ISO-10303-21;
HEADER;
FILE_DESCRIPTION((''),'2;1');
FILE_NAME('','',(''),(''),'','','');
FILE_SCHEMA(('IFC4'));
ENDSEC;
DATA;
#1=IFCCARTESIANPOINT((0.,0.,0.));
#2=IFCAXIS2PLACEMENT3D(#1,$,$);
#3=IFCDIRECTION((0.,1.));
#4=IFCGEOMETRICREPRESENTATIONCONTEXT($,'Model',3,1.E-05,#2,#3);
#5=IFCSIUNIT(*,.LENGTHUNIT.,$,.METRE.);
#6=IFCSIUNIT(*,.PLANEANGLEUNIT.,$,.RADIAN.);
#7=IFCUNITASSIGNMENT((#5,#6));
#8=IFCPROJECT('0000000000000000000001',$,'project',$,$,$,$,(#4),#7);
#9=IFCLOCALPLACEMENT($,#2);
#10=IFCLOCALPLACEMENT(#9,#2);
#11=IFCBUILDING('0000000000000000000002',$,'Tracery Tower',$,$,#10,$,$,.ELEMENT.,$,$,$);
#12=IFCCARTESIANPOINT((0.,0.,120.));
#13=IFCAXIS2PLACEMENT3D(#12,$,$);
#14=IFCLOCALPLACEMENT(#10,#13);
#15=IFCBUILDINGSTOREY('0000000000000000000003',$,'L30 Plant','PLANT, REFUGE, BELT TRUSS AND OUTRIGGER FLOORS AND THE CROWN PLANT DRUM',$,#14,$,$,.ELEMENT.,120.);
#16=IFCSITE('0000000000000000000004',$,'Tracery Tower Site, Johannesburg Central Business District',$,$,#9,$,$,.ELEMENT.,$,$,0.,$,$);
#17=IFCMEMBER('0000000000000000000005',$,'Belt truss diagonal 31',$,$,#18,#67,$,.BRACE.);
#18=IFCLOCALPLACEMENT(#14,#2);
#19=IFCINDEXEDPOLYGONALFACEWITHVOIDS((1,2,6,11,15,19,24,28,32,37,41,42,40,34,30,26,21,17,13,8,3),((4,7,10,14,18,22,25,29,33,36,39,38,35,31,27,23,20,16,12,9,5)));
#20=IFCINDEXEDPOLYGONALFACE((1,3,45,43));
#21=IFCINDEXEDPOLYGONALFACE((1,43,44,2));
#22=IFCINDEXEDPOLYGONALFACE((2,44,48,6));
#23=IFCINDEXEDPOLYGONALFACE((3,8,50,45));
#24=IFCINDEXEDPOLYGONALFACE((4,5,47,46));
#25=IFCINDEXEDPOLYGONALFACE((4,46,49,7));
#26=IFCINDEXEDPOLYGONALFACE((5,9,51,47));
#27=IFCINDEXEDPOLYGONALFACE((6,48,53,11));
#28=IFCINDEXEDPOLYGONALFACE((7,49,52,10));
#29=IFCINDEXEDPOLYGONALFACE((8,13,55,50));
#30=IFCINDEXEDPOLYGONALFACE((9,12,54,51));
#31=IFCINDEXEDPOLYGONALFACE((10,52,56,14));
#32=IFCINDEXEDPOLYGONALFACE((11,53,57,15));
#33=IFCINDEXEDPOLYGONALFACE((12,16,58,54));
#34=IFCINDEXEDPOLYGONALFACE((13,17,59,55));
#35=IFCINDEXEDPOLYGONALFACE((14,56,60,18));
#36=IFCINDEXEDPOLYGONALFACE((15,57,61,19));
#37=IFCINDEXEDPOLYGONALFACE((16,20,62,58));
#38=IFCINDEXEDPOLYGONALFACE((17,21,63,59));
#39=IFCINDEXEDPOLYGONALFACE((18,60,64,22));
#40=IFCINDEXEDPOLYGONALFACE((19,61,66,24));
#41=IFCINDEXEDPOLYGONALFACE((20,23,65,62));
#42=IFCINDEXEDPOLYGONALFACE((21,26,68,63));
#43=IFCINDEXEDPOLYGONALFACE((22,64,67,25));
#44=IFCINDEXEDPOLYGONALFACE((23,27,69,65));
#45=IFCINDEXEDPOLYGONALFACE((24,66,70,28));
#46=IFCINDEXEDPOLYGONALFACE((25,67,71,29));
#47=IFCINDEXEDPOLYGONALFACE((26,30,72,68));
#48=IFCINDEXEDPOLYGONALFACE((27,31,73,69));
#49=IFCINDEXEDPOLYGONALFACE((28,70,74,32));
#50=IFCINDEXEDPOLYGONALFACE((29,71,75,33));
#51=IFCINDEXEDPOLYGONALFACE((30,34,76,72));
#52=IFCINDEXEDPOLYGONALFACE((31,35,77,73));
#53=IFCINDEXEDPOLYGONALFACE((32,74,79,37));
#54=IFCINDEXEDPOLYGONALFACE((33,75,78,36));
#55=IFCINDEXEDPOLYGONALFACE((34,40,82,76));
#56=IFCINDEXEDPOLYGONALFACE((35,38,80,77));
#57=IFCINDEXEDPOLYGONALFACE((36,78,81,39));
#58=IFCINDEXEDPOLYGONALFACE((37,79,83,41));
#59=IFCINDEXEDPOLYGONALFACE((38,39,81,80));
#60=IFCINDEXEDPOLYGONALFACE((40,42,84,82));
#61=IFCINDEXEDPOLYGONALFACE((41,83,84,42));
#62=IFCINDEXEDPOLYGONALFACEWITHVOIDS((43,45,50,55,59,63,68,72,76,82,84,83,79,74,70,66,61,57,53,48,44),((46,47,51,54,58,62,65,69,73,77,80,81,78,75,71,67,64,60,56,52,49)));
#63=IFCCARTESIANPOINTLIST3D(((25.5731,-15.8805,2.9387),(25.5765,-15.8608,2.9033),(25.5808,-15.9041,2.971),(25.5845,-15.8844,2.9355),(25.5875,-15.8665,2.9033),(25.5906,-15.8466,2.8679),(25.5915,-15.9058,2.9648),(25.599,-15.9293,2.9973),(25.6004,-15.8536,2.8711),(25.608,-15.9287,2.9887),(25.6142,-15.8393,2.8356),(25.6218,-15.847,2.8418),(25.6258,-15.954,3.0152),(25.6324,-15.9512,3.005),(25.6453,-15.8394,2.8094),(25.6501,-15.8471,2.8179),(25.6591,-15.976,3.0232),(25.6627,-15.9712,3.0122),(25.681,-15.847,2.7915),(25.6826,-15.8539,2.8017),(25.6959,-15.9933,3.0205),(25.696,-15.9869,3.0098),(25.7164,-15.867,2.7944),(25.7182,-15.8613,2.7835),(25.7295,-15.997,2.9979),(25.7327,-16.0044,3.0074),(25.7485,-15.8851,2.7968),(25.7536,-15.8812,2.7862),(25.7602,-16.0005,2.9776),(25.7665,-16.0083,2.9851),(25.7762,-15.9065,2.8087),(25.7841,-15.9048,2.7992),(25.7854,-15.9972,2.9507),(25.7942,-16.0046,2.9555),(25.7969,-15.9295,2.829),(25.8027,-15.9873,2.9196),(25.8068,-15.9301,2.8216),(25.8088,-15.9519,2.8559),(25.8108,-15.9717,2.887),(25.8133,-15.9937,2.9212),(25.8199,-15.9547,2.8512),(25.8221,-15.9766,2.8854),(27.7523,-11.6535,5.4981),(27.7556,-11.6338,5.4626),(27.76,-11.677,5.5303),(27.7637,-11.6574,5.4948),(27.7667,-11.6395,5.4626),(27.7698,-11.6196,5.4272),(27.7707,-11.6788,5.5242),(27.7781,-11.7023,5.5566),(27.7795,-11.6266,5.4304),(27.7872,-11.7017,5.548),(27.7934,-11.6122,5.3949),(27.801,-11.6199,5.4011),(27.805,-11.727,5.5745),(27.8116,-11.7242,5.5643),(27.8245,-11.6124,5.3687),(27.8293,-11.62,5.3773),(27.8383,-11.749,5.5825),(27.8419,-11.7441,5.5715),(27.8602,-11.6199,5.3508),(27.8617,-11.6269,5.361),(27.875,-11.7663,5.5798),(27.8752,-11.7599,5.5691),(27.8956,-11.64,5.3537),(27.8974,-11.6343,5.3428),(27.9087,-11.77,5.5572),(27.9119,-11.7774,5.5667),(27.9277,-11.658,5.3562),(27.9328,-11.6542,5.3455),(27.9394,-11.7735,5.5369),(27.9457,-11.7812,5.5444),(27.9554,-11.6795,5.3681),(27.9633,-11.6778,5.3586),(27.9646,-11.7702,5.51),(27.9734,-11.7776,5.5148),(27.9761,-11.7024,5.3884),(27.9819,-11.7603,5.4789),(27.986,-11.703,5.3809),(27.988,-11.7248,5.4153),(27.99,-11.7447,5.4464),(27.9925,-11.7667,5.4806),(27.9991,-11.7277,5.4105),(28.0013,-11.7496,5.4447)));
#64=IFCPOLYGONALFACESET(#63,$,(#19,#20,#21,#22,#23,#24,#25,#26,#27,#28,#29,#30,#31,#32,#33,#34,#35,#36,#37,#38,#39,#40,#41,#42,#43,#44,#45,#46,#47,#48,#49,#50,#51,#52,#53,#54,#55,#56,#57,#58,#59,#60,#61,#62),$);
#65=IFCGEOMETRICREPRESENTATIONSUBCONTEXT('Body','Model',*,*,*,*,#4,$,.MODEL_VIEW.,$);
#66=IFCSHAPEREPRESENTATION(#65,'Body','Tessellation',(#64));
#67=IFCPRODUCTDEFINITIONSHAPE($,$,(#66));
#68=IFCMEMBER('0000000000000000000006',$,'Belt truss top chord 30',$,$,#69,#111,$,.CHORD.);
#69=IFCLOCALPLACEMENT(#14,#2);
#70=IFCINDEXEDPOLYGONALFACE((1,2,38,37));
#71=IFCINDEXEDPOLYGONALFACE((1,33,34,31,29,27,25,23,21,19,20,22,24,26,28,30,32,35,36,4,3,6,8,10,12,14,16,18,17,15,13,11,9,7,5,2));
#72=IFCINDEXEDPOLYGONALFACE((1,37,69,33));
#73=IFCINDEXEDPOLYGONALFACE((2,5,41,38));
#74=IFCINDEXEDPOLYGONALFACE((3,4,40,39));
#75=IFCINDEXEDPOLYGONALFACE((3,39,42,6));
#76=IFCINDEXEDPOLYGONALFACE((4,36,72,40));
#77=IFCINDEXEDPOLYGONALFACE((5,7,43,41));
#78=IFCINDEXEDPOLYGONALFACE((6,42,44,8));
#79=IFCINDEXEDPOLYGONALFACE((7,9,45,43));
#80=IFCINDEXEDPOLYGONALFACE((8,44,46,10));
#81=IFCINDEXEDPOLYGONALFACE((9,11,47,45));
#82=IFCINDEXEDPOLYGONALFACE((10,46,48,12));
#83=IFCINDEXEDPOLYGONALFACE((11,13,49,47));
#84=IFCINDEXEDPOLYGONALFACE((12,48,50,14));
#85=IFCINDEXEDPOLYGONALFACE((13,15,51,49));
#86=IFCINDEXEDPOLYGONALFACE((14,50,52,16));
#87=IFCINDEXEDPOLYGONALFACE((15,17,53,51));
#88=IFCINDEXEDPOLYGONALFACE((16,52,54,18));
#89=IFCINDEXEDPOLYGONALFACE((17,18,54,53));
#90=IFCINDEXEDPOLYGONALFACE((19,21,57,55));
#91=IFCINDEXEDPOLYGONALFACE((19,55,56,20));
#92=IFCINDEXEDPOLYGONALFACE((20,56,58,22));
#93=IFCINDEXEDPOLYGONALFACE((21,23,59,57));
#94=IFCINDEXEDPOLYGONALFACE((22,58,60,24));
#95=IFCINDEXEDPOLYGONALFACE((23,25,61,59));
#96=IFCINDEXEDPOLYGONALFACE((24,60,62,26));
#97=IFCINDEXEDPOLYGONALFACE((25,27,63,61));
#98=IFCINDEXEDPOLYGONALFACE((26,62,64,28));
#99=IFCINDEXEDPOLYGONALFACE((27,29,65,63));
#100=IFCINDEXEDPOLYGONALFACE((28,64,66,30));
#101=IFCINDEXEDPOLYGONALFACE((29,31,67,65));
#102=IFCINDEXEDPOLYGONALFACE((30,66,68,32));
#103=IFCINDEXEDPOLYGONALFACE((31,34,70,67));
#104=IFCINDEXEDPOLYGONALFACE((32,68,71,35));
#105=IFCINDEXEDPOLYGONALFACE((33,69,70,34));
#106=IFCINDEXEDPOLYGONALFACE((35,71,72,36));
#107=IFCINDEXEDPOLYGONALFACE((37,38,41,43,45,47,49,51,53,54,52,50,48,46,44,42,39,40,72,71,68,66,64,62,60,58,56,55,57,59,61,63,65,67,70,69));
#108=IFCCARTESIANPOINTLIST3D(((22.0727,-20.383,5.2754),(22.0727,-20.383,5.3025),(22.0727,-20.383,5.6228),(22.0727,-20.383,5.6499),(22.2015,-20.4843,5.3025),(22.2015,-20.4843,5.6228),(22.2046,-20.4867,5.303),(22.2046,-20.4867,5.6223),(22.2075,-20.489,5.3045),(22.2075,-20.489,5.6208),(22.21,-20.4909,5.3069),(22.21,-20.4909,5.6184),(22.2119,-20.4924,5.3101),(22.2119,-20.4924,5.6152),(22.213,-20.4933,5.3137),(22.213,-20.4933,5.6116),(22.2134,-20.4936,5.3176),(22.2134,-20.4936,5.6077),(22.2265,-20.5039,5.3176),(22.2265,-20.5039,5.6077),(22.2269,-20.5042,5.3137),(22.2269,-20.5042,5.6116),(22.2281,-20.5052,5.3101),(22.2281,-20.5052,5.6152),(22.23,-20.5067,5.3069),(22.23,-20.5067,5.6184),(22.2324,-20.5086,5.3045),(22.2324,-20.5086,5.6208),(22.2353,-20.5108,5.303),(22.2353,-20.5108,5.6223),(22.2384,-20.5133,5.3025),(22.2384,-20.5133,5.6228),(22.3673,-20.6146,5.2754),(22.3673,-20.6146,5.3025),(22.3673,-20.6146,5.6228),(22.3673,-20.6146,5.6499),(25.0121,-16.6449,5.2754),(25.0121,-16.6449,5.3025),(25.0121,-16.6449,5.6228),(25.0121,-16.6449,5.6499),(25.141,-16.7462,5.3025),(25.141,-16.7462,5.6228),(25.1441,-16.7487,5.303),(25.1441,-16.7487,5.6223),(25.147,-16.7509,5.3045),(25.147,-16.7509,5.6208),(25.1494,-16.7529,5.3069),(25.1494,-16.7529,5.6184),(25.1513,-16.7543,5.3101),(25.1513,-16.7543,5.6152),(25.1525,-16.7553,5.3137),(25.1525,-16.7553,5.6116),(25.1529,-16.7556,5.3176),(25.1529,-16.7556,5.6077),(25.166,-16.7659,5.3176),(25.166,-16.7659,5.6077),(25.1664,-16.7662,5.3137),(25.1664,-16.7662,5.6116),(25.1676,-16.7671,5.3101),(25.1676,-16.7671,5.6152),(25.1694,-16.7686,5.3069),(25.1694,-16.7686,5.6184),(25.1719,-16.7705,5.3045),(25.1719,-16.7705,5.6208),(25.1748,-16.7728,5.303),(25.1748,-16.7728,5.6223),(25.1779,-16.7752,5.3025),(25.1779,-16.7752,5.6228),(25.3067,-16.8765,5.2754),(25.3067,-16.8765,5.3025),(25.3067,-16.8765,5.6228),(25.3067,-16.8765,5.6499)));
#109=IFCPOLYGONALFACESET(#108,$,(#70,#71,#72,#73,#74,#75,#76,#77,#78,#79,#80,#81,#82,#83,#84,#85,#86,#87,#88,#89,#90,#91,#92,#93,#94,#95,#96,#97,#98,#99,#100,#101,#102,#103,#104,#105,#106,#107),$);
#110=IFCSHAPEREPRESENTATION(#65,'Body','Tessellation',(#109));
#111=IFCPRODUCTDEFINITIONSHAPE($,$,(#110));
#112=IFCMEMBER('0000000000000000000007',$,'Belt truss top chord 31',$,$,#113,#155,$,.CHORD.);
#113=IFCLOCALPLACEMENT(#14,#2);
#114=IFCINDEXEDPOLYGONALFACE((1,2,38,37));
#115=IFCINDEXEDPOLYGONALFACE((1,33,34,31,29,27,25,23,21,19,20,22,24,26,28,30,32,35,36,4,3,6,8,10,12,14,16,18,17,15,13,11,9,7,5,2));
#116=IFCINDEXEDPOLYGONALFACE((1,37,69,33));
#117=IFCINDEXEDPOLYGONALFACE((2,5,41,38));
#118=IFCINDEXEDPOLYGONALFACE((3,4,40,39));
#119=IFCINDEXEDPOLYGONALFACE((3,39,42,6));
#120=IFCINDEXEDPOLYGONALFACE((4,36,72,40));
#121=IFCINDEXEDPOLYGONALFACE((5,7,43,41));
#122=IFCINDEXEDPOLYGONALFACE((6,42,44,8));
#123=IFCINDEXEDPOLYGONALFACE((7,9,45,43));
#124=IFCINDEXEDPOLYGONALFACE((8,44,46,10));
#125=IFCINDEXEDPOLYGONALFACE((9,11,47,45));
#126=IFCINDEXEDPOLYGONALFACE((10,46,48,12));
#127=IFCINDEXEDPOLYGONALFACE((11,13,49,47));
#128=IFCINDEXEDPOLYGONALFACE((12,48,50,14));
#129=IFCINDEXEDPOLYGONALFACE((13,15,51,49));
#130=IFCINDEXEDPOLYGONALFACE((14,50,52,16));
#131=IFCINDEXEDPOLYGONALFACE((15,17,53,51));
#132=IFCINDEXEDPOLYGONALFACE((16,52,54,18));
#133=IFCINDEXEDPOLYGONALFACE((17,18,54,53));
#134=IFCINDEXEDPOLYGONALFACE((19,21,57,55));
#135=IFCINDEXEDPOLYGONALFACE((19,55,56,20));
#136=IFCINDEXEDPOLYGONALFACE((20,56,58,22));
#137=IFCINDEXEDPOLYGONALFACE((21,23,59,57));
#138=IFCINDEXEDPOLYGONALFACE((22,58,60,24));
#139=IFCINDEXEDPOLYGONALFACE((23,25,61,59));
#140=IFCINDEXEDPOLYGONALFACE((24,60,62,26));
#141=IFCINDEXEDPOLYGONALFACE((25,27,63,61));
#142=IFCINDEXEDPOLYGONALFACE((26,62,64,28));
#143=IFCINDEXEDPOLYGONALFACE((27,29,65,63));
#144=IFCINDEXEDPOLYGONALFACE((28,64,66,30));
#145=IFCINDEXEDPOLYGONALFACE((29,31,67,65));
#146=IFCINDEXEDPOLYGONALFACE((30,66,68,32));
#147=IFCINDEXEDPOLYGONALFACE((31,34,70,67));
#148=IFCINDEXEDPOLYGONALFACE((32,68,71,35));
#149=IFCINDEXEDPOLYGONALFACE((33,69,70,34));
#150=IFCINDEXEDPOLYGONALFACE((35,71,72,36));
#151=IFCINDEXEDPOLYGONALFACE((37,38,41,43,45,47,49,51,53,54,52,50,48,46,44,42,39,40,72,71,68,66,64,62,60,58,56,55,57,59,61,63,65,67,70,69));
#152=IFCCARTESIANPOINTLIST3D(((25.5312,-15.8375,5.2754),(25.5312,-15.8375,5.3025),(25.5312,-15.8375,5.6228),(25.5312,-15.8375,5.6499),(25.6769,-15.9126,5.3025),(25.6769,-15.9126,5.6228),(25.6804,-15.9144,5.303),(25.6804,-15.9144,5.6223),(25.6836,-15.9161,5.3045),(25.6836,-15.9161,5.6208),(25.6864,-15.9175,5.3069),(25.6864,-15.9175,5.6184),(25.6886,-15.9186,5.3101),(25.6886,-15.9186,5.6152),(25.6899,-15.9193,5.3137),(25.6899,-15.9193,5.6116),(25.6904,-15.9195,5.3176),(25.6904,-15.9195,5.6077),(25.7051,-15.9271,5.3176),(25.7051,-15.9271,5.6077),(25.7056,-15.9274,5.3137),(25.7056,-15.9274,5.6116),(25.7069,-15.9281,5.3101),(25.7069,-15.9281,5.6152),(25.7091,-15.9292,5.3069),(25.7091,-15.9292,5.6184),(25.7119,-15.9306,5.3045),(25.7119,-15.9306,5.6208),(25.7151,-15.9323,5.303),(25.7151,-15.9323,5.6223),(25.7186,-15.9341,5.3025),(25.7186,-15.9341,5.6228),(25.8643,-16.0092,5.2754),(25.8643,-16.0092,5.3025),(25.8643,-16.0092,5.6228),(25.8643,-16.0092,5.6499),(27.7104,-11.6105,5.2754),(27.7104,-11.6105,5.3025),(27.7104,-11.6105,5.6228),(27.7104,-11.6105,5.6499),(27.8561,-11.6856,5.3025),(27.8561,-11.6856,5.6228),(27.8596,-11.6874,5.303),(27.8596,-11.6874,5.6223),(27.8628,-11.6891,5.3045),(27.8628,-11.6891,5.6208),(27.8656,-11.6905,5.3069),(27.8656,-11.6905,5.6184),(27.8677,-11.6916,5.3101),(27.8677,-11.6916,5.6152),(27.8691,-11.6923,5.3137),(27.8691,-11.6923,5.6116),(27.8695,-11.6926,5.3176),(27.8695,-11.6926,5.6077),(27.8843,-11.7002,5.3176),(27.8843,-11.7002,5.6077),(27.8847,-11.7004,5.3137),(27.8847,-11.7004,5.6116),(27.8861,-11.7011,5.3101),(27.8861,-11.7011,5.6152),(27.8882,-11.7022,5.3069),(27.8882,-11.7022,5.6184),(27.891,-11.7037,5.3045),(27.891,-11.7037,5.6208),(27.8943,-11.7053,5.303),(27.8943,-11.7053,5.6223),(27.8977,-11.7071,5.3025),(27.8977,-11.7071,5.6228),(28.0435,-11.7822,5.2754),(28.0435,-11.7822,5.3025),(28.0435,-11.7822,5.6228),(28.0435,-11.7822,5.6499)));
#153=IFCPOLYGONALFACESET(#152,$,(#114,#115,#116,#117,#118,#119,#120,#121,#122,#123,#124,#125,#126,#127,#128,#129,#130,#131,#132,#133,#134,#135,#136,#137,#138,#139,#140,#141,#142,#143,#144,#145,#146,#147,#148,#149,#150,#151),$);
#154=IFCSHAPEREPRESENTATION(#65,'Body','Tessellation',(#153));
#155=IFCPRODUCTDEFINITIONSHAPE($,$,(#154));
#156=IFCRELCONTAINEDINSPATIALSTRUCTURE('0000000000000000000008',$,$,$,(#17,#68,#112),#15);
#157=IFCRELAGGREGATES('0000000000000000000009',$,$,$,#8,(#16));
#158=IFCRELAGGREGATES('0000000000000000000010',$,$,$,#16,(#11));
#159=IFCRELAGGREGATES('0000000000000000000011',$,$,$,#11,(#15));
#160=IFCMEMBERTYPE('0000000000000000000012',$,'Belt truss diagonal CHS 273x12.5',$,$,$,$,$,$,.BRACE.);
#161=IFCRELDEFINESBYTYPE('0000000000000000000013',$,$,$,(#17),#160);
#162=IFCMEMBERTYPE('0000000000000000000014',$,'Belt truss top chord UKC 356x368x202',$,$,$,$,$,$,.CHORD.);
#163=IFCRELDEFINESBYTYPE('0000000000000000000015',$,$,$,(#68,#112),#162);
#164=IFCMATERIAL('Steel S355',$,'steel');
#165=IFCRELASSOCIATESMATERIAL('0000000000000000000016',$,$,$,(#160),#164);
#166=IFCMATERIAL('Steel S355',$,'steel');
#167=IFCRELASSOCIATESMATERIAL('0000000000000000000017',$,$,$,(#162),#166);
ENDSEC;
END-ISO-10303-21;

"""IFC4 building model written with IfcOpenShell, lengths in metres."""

from ifc_helpers import new_model, si_unit, direction, frame, origin, origin_2d, place, context, subcontext, project, spatial, hollow_circle, i_section, extrude, material, material_profile, profile_set, type_object, element, save


model = new_model("IFC4")

# Units and contexts
model_context = context("Model", 3, precision=1e-05, world=origin(), true_north=direction((0.0, 1.0)))
body_context = subcontext(model_context, "Body", "Model", "MODEL_VIEW")
ifc_project = project(units=[si_unit("LENGTHUNIT", "METRE"), si_unit("PLANEANGLEUNIT", "RADIAN")], contexts=[model_context])

# Site, building, storey
site_placement = place(None, origin())
site = spatial("IfcSite", under=ifc_project, at=site_placement, Name="Tracery Tower Site, Johannesburg Central Business District", CompositionType="ELEMENT", RefElevation=0.0)
building_placement = place(site_placement, origin())
building = spatial("IfcBuilding", under=site, at=building_placement, Name="Tracery Tower", CompositionType="ELEMENT")
storey_placement = place(building_placement, frame((0.0, 0.0, 120.0)))
storey = spatial("IfcBuildingStorey", under=building, at=storey_placement, Name="L30 Plant", Description="PLANT, REFUGE, BELT TRUSS AND OUTRIGGER FLOORS AND THE CROWN PLANT DRUM", CompositionType="ELEMENT", Elevation=120.0)

# Members
ifc_material_1 = material(Name="Steel S355", Category="steel")
ifc_material_profile_1 = material_profile(ifc_material_1, hollow_circle(Radius=0.1365, WallThickness=0.0125, at=origin_2d()), Name="CHS 273x12.5")
ifc_profile_set_1 = profile_set([ifc_material_profile_1], Name="Steel S355")
member_type_1 = type_object("IfcMemberType", Name="Belt truss diagonal CHS 273x12.5", PredefinedType="BRACE", material=ifc_profile_set_1)
member_1_placement = place(storey_placement, frame((25.6978, -15.9233, 2.9033), z_axis=(0.403507, 0.782693, 0.473892), x_axis=(-0.888835, 0.458227, 0.0)))
element("IfcMember", 1, at=member_1_placement, inside=storey, type_object=member_type_1, Name="Belt truss diagonal 31", PredefinedType="BRACE", context=body_context, shape_type="SweptSolid", body=[
    extrude(hollow_circle(Radius=0.1365, WallThickness=0.0125, at=origin_2d()), origin(), (0.0, 0.0, 1.0), 5.4006),
])
ifc_material_2 = material(Name="Steel S355", Category="steel")
ifc_material_profile_2 = material_profile(ifc_material_2, i_section(OverallWidth=0.3748, OverallDepth=0.3745, WebThickness=0.0166, FlangeThickness=0.0271, FilletRadius=0.0151, at=origin_2d()), Name="UKC 356x368x202")
ifc_profile_set_2 = profile_set([ifc_material_profile_2], Name="Steel S355")
member_type_2 = type_object("IfcMemberType", Name="Belt truss top chord UKC 356x368x202", PredefinedType="CHORD", material=ifc_profile_set_2)
member_2_placement = place(storey_placement, frame((22.22, -20.4988, 5.4626), z_axis=(0.618137, 0.786071, 0.0), x_axis=(-0.786071, 0.618137, 0.0)))
element("IfcMember", 2, at=member_2_placement, inside=storey, type_object=member_type_2, Name="Belt truss top chord 30", PredefinedType="CHORD", context=body_context, shape_type="SweptSolid", body=[
    extrude(i_section(OverallWidth=0.3748, OverallDepth=0.3745, WebThickness=0.0166, FlangeThickness=0.0271, FilletRadius=0.0151, at=origin_2d()), origin(), (0.0, 0.0, 1.0), 4.7554),
])
member_3_placement = place(storey_placement, frame((25.6978, -15.9233, 5.4626), z_axis=(0.458227, 0.888835, 0.0), x_axis=(-0.888835, 0.458227, 0.0)))
element("IfcMember", 3, at=member_3_placement, inside=storey, type_object=member_type_2, Name="Belt truss top chord 31", PredefinedType="CHORD", context=body_context, shape_type="SweptSolid", body=[
    extrude(i_section(OverallWidth=0.3748, OverallDepth=0.3745, WebThickness=0.0166, FlangeThickness=0.0271, FilletRadius=0.0151, at=origin_2d()), origin(), (0.0, 0.0, 1.0), 4.7556),
])

save(model, "model.ifc")
